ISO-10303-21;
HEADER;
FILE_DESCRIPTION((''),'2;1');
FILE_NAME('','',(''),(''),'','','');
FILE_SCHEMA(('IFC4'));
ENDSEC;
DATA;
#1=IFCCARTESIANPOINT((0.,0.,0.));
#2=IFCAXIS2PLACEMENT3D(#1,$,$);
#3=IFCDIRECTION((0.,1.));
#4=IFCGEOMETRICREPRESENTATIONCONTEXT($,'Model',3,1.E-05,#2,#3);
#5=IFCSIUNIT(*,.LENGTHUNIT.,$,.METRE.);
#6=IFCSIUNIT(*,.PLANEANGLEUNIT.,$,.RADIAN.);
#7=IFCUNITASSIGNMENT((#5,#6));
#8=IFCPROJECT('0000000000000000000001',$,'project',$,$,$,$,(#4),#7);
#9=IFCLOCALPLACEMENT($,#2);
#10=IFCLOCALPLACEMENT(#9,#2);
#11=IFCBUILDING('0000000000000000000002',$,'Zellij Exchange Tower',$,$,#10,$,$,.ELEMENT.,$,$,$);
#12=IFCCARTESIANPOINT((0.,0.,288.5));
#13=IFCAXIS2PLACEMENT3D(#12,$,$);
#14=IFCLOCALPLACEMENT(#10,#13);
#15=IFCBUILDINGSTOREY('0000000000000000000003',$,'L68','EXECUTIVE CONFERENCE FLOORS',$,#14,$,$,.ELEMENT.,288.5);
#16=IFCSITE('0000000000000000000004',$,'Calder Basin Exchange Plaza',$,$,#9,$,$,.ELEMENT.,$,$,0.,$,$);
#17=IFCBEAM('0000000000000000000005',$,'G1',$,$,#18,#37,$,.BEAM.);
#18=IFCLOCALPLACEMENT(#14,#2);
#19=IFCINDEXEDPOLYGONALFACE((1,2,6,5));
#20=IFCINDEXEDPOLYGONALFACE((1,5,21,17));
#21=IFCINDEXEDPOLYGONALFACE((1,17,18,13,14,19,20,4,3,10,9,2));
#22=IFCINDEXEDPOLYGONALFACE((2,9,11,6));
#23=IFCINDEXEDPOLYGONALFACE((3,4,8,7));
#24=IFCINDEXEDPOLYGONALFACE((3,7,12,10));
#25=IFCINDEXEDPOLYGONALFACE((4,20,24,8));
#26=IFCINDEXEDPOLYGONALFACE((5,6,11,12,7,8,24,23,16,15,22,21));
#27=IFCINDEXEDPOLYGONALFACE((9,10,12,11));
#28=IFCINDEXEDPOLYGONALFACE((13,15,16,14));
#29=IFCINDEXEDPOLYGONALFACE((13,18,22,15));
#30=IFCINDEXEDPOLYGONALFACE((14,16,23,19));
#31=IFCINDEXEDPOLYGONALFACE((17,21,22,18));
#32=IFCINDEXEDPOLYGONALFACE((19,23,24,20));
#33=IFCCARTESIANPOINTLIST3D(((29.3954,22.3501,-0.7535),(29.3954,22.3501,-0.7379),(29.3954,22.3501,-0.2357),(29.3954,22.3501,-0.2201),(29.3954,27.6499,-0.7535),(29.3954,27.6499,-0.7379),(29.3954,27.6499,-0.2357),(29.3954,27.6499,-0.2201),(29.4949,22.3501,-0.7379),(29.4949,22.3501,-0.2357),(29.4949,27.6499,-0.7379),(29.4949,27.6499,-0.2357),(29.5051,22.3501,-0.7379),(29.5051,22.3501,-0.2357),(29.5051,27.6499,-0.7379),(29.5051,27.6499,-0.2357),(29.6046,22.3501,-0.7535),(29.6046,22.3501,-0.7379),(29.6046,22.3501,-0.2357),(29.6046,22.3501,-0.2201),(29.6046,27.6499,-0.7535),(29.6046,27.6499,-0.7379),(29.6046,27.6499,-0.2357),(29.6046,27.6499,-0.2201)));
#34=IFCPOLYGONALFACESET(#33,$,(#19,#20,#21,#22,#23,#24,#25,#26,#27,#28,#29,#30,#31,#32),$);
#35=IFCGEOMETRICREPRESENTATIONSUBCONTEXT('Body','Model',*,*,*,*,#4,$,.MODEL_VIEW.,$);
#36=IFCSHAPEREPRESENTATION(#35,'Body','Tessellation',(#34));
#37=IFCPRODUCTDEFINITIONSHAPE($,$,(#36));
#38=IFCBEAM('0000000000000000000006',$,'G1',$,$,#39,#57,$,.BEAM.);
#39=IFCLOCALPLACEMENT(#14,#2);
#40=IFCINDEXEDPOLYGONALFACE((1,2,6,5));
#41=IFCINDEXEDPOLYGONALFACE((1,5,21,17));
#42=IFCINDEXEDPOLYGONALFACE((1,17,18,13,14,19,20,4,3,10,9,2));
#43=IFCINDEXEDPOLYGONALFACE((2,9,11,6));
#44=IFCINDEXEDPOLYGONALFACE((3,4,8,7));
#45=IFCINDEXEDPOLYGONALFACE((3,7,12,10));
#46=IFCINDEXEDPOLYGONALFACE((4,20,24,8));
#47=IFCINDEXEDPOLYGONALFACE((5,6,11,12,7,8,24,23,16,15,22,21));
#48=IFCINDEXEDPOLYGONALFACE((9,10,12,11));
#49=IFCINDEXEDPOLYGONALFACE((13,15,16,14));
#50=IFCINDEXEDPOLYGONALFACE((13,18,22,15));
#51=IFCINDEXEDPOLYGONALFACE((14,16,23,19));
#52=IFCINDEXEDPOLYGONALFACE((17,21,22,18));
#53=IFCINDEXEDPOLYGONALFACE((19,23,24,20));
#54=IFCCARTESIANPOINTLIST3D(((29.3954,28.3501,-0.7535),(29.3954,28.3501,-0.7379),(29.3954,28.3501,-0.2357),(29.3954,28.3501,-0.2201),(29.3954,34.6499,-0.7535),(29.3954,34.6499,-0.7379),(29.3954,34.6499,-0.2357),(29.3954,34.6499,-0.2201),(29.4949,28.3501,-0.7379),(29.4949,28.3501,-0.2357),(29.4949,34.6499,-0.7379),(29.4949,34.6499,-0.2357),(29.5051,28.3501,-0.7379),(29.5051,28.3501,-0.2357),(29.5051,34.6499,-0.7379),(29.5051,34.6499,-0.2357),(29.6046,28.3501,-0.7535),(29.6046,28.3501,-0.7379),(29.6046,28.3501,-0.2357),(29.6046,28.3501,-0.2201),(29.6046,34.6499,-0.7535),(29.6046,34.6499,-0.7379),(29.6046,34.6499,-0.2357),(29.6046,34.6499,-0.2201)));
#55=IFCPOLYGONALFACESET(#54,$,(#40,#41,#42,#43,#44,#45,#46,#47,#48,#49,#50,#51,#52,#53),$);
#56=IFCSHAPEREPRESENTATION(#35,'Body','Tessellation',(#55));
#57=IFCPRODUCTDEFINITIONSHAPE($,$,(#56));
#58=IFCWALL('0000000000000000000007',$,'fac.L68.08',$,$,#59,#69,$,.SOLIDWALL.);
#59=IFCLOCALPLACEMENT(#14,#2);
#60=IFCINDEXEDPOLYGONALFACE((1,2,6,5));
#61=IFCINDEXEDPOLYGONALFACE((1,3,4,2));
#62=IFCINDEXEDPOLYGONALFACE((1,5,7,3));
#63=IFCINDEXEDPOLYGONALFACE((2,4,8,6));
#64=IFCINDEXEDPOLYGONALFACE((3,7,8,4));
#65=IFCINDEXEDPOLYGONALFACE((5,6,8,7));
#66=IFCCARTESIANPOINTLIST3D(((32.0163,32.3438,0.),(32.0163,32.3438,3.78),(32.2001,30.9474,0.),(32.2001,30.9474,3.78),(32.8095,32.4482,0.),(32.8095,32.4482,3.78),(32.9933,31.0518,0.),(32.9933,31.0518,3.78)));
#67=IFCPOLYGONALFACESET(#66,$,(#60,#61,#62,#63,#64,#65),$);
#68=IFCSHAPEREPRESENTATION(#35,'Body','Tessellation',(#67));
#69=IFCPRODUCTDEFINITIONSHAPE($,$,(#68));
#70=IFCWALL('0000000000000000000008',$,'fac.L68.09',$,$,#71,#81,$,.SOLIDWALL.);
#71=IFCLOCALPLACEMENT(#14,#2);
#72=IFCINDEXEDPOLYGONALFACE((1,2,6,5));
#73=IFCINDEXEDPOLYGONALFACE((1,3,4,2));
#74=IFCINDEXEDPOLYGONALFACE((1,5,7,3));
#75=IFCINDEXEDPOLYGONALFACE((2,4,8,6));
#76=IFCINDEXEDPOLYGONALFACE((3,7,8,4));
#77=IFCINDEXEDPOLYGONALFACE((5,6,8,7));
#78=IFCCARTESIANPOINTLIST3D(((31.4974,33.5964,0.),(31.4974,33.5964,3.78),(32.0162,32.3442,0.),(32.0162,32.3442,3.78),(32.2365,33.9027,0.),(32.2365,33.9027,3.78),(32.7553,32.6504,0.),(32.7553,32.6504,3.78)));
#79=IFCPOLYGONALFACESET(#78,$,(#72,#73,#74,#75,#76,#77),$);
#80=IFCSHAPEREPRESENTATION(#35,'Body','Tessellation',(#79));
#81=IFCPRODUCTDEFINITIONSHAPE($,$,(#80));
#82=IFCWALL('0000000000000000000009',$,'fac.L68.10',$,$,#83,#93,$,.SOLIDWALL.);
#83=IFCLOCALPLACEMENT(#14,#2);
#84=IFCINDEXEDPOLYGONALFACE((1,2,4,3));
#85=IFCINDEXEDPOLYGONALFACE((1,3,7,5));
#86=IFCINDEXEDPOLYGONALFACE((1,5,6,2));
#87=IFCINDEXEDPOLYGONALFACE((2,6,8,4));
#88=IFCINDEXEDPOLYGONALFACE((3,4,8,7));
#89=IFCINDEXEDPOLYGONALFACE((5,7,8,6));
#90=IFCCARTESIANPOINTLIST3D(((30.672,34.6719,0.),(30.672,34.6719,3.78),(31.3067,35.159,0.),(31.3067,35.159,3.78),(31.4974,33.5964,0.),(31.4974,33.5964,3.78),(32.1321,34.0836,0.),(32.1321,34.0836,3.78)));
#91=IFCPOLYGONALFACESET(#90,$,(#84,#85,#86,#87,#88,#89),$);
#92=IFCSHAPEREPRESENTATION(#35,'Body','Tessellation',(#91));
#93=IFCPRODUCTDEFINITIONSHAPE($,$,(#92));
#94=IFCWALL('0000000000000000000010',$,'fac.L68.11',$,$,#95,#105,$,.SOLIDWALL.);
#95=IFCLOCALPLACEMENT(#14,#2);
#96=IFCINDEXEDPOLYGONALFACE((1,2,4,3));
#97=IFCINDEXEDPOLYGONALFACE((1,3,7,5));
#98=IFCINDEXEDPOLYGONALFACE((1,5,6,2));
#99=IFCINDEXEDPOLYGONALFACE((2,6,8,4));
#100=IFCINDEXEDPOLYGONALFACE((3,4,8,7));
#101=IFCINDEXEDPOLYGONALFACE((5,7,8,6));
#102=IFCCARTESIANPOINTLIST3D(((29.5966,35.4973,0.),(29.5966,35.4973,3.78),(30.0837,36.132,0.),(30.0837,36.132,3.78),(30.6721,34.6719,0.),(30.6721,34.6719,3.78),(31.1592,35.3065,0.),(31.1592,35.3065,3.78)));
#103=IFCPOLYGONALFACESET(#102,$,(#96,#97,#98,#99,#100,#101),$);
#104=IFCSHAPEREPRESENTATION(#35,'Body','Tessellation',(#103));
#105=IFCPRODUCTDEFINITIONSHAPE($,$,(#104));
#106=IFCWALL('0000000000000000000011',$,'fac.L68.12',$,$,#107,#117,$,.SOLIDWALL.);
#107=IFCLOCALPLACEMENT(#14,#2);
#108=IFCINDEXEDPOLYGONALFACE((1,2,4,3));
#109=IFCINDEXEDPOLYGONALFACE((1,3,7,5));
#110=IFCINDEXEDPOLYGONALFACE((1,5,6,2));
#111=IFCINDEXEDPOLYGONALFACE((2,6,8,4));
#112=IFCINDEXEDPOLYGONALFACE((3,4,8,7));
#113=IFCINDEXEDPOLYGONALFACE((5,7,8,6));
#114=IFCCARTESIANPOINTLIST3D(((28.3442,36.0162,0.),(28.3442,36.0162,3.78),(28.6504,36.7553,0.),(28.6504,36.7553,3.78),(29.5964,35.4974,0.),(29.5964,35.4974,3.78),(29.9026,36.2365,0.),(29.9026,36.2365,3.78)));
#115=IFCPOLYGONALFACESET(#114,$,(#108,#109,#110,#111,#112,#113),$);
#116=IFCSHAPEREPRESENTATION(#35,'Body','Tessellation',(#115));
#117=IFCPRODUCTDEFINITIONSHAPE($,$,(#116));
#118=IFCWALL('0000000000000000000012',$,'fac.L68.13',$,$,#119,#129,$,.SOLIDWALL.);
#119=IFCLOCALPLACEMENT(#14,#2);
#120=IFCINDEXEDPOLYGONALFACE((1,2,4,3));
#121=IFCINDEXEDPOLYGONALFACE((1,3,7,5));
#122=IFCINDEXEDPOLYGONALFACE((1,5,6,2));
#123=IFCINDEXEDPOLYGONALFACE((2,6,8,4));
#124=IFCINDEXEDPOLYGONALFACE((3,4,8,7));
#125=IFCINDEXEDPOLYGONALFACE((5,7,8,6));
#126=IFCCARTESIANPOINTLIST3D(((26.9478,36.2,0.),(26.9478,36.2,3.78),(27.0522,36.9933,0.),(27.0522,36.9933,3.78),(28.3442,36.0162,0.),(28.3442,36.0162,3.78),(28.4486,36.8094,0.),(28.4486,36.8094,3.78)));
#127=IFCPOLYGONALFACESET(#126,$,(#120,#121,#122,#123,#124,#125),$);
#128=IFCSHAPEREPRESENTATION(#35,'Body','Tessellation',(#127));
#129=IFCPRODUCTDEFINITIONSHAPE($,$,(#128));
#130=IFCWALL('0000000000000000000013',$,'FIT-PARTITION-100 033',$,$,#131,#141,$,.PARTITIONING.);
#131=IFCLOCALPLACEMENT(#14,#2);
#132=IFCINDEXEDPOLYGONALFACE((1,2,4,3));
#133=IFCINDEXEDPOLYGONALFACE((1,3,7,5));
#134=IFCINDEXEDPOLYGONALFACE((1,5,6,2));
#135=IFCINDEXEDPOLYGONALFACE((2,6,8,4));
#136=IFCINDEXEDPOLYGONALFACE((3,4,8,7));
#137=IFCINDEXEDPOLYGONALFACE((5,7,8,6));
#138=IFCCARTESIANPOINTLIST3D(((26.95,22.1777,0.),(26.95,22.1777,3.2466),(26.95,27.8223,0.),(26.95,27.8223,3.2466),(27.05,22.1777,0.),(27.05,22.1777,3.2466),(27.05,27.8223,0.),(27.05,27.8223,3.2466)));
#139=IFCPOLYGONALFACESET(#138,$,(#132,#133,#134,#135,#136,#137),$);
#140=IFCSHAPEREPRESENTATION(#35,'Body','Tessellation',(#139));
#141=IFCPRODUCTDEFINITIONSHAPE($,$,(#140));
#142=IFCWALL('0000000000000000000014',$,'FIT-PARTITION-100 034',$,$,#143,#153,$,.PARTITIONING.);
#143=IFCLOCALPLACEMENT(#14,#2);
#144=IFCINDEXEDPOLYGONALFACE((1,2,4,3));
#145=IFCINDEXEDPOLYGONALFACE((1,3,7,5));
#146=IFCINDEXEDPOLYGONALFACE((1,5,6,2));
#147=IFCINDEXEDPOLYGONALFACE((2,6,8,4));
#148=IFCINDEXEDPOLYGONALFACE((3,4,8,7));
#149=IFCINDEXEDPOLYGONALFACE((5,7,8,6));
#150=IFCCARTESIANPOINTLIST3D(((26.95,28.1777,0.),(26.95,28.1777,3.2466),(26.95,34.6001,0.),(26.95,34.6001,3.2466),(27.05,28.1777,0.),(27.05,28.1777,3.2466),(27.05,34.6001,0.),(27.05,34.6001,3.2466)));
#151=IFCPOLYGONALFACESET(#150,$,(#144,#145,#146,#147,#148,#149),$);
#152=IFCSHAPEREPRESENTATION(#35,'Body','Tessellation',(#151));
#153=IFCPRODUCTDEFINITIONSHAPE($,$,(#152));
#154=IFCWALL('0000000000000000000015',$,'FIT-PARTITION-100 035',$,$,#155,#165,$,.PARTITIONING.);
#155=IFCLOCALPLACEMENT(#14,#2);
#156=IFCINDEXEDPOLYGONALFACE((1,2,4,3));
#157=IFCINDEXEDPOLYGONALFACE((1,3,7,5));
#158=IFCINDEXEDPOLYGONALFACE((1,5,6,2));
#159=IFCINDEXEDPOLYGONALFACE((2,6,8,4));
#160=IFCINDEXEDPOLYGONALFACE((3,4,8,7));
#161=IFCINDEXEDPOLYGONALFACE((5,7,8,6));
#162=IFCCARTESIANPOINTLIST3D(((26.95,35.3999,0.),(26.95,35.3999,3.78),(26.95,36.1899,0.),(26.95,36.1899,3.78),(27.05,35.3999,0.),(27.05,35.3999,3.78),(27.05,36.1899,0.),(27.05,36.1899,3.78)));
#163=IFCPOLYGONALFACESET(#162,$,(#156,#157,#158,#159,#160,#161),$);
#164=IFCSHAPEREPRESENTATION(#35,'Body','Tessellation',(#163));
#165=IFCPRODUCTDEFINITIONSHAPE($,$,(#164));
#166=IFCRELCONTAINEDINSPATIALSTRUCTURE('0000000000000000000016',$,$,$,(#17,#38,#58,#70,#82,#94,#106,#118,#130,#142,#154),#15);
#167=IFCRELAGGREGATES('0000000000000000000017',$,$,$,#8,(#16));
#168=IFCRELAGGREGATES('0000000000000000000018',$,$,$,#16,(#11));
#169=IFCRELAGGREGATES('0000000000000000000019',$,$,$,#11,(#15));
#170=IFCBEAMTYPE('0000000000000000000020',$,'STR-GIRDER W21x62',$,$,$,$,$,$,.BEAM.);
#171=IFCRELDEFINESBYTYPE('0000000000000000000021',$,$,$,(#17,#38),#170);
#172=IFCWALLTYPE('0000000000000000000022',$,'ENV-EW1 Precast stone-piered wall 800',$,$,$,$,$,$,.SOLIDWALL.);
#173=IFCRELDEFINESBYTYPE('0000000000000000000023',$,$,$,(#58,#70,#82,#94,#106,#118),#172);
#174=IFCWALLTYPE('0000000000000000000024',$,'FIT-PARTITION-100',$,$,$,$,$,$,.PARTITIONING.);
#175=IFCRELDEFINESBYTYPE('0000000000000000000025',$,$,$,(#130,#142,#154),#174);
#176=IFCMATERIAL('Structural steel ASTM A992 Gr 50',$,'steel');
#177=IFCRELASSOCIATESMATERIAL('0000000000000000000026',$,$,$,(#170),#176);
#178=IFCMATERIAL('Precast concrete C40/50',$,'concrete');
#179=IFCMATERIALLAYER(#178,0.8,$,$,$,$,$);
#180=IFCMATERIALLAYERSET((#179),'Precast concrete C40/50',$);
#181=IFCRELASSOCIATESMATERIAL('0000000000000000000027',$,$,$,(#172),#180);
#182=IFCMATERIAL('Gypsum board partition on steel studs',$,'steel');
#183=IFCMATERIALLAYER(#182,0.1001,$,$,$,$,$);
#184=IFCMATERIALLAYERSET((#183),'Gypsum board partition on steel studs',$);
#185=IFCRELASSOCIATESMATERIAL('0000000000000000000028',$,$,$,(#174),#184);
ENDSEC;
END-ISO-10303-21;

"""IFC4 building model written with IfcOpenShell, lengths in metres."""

from ifc_helpers import new_model, si_unit, direction, frame, frame_2d, origin, origin_2d, place, context, subcontext, project, spatial, rectangle, i_section, extrude, material, layer, layer_set, material_profile, profile_set, type_object, element, save


model = new_model("IFC4")

# Units and contexts
model_context = context("Model", 3, precision=1e-05, world=origin(), true_north=direction((0.0, 1.0)))
body_context = subcontext(model_context, "Body", "Model", "MODEL_VIEW")
ifc_project = project(units=[si_unit("LENGTHUNIT", "METRE"), si_unit("PLANEANGLEUNIT", "RADIAN")], contexts=[model_context])

# Site, building, storey
site_placement = place(None, origin())
site = spatial("IfcSite", under=ifc_project, at=site_placement, Name="Calder Basin Exchange Plaza", CompositionType="ELEMENT", RefElevation=0.0)
building_placement = place(site_placement, origin())
building = spatial("IfcBuilding", under=site, at=building_placement, Name="Zellij Exchange Tower", CompositionType="ELEMENT")
storey_placement = place(building_placement, frame((0.0, 0.0, 288.5)))
storey = spatial("IfcBuildingStorey", under=building, at=storey_placement, Name="L68", Description="EXECUTIVE CONFERENCE FLOORS", CompositionType="ELEMENT", Elevation=288.5)

# Shared definitions
ifc_material_1 = material(Name="Structural steel ASTM A992 Gr 50", Category="steel")

# Beams
ifc_material_profile_1 = material_profile(ifc_material_1, i_section(OverallWidth=0.2092, OverallDepth=0.5334, WebThickness=0.0103, FlangeThickness=0.0156, at=origin_2d()), Name="W21x62")
ifc_profile_set_1 = profile_set([ifc_material_profile_1], Name="Structural steel ASTM A992 Gr 50")
beam_type = type_object("IfcBeamType", Name="STR-GIRDER W21x62", PredefinedType="BEAM", material=ifc_profile_set_1)
beam_1_placement = place(storey_placement, frame((29.5, 22.3501, -0.4868), z_axis=(0.0, 1.0, 0.0), x_axis=(-1.0, 0.0, 0.0)))
element("IfcBeam", 1, at=beam_1_placement, inside=storey, type_object=beam_type, Name="G1", PredefinedType="BEAM", context=body_context, shape_type="SweptSolid", body=[
    extrude(i_section(OverallWidth=0.2092, OverallDepth=0.5334, WebThickness=0.0103, FlangeThickness=0.0156, at=origin_2d()), origin(), (0.0, 0.0, 1.0), 5.2998),
])
beam_2_placement = place(storey_placement, frame((29.5, 28.3501, -0.4868), z_axis=(0.0, 1.0, 0.0), x_axis=(-1.0, 0.0, 0.0)))
element("IfcBeam", 2, at=beam_2_placement, inside=storey, type_object=beam_type, Name="G1", PredefinedType="BEAM", context=body_context, shape_type="SweptSolid", body=[
    extrude(i_section(OverallWidth=0.2092, OverallDepth=0.5334, WebThickness=0.0103, FlangeThickness=0.0156, at=origin_2d()), origin(), (0.0, 0.0, 1.0), 6.2998),
])

# Walls
ifc_material_2 = material(Name="Precast concrete C40/50", Category="concrete")
ifc_layer_1 = layer(ifc_material_2, 0.8)
ifc_layer_set_1 = layer_set([ifc_layer_1], Name="Precast concrete C40/50")
wall_type_1 = type_object("IfcWallType", Name="ENV-EW1 Precast stone-piered wall 800", PredefinedType="SOLIDWALL", material=ifc_layer_set_1)
wall_1_placement = place(storey_placement, frame((32.5967, 30.9998, 0.0), z_axis=(0.0, 0.0, 1.0), x_axis=(-0.130517, 0.991446, 0.0)))
element("IfcWall", 3, at=wall_1_placement, inside=storey, type_object=wall_type_1, Name="fac.L68.08", PredefinedType="SOLIDWALL", context=body_context, shape_type="SweptSolid", body=[
    extrude(rectangle(XDim=1.4084, YDim=0.8, at=frame_2d((0.7041, 0.0))), origin(), (0.0, 0.0, 1.0), 3.78),
])
wall_2_placement = place(storey_placement, frame((32.3857, 32.4973, 0.0), z_axis=(0.0, 0.0, 1.0), x_axis=(-0.38276, 0.923848, 0.0)))
element("IfcWall", 4, at=wall_2_placement, inside=storey, type_object=wall_type_1, Name="fac.L68.09", PredefinedType="SOLIDWALL", context=body_context, shape_type="SweptSolid", body=[
    extrude(rectangle(XDim=1.3555, YDim=0.8, at=frame_2d((0.6777, 0.0))), origin(), (0.0, 0.0, 1.0), 3.78),
])
for number, where, z_axis, x_axis, name in (
    (5, (31.8147, 33.8401, 0.0), (0.0, 0.0, 1.0), (-0.608866, 0.793273, 0.0), "fac.L68.10"),
    (6, (30.9155, 34.9893, 0.0), (0.0, 0.0, 1.0), (-0.793273, 0.608866, 0.0), "fac.L68.11"),
):
    element("IfcWall", number, at=place(storey_placement, frame(where, z_axis=z_axis, x_axis=x_axis)), inside=storey, type_object=wall_type_1, Name=name, PredefinedType="SOLIDWALL", context=body_context, shape_type="SweptSolid", body=[
        extrude(rectangle(XDim=1.3557, YDim=0.8, at=frame_2d((0.6777, 0.0))), origin(), (0.0, 0.0, 1.0), 3.78),
    ])
wall_3_placement = place(storey_placement, frame((29.7495, 35.8669, 0.0), z_axis=(0.0, 0.0, 1.0), x_axis=(-0.923848, 0.38276, 0.0)))
element("IfcWall", 7, at=wall_3_placement, inside=storey, type_object=wall_type_1, Name="fac.L68.12", PredefinedType="SOLIDWALL", context=body_context, shape_type="SweptSolid", body=[
    extrude(rectangle(XDim=1.3555, YDim=0.8, at=frame_2d((0.6777, 0.0))), origin(), (0.0, 0.0, 1.0), 3.78),
])
wall_4_placement = place(storey_placement, frame((28.3962, 36.4128, 0.0), z_axis=(0.0, 0.0, 1.0), x_axis=(-0.991446, 0.130517, 0.0)))
element("IfcWall", 8, at=wall_4_placement, inside=storey, type_object=wall_type_1, Name="fac.L68.13", PredefinedType="SOLIDWALL", context=body_context, shape_type="SweptSolid", body=[
    extrude(rectangle(XDim=1.4084, YDim=0.8, at=frame_2d((0.7041, 0.0))), origin(), (0.0, 0.0, 1.0), 3.78),
])
ifc_material_3 = material(Name="Gypsum board partition on steel studs", Category="steel")
ifc_layer_2 = layer(ifc_material_3, 0.1001)
ifc_layer_set_2 = layer_set([ifc_layer_2], Name="Gypsum board partition on steel studs")
wall_type_2 = type_object("IfcWallType", Name="FIT-PARTITION-100", PredefinedType="PARTITIONING", material=ifc_layer_set_2)
wall_5_placement = place(storey_placement, frame((27.0, 22.1777, 0.0), z_axis=(0.0, 0.0, 1.0), x_axis=(0.0, 1.0, 0.0)))
element("IfcWall", 9, at=wall_5_placement, inside=storey, type_object=wall_type_2, Name="FIT-PARTITION-100 033", PredefinedType="PARTITIONING", context=body_context, shape_type="SweptSolid", body=[
    extrude(rectangle(XDim=5.6445, YDim=0.1001, at=frame_2d((2.8223, 0.0))), origin(), (0.0, 0.0, 1.0), 3.2466),
])
wall_6_placement = place(storey_placement, frame((27.0, 28.1777, 0.0), z_axis=(0.0, 0.0, 1.0), x_axis=(0.0, 1.0, 0.0)))
element("IfcWall", 10, at=wall_6_placement, inside=storey, type_object=wall_type_2, Name="FIT-PARTITION-100 034", PredefinedType="PARTITIONING", context=body_context, shape_type="SweptSolid", body=[
    extrude(rectangle(XDim=6.4224, YDim=0.1001, at=frame_2d((3.2112, 0.0))), origin(), (0.0, 0.0, 1.0), 3.2466),
])
wall_7_placement = place(storey_placement, frame((27.0, 35.3999, 0.0), z_axis=(0.0, 0.0, 1.0), x_axis=(0.0, 1.0, 0.0)))
element("IfcWall", 11, at=wall_7_placement, inside=storey, type_object=wall_type_2, Name="FIT-PARTITION-100 035", PredefinedType="PARTITIONING", context=body_context, shape_type="SweptSolid", body=[
    extrude(rectangle(XDim=0.79, YDim=0.1001, at=frame_2d((0.395, 0.0))), origin(), (0.0, 0.0, 1.0), 3.78),
])

save(model, "model.ifc")
